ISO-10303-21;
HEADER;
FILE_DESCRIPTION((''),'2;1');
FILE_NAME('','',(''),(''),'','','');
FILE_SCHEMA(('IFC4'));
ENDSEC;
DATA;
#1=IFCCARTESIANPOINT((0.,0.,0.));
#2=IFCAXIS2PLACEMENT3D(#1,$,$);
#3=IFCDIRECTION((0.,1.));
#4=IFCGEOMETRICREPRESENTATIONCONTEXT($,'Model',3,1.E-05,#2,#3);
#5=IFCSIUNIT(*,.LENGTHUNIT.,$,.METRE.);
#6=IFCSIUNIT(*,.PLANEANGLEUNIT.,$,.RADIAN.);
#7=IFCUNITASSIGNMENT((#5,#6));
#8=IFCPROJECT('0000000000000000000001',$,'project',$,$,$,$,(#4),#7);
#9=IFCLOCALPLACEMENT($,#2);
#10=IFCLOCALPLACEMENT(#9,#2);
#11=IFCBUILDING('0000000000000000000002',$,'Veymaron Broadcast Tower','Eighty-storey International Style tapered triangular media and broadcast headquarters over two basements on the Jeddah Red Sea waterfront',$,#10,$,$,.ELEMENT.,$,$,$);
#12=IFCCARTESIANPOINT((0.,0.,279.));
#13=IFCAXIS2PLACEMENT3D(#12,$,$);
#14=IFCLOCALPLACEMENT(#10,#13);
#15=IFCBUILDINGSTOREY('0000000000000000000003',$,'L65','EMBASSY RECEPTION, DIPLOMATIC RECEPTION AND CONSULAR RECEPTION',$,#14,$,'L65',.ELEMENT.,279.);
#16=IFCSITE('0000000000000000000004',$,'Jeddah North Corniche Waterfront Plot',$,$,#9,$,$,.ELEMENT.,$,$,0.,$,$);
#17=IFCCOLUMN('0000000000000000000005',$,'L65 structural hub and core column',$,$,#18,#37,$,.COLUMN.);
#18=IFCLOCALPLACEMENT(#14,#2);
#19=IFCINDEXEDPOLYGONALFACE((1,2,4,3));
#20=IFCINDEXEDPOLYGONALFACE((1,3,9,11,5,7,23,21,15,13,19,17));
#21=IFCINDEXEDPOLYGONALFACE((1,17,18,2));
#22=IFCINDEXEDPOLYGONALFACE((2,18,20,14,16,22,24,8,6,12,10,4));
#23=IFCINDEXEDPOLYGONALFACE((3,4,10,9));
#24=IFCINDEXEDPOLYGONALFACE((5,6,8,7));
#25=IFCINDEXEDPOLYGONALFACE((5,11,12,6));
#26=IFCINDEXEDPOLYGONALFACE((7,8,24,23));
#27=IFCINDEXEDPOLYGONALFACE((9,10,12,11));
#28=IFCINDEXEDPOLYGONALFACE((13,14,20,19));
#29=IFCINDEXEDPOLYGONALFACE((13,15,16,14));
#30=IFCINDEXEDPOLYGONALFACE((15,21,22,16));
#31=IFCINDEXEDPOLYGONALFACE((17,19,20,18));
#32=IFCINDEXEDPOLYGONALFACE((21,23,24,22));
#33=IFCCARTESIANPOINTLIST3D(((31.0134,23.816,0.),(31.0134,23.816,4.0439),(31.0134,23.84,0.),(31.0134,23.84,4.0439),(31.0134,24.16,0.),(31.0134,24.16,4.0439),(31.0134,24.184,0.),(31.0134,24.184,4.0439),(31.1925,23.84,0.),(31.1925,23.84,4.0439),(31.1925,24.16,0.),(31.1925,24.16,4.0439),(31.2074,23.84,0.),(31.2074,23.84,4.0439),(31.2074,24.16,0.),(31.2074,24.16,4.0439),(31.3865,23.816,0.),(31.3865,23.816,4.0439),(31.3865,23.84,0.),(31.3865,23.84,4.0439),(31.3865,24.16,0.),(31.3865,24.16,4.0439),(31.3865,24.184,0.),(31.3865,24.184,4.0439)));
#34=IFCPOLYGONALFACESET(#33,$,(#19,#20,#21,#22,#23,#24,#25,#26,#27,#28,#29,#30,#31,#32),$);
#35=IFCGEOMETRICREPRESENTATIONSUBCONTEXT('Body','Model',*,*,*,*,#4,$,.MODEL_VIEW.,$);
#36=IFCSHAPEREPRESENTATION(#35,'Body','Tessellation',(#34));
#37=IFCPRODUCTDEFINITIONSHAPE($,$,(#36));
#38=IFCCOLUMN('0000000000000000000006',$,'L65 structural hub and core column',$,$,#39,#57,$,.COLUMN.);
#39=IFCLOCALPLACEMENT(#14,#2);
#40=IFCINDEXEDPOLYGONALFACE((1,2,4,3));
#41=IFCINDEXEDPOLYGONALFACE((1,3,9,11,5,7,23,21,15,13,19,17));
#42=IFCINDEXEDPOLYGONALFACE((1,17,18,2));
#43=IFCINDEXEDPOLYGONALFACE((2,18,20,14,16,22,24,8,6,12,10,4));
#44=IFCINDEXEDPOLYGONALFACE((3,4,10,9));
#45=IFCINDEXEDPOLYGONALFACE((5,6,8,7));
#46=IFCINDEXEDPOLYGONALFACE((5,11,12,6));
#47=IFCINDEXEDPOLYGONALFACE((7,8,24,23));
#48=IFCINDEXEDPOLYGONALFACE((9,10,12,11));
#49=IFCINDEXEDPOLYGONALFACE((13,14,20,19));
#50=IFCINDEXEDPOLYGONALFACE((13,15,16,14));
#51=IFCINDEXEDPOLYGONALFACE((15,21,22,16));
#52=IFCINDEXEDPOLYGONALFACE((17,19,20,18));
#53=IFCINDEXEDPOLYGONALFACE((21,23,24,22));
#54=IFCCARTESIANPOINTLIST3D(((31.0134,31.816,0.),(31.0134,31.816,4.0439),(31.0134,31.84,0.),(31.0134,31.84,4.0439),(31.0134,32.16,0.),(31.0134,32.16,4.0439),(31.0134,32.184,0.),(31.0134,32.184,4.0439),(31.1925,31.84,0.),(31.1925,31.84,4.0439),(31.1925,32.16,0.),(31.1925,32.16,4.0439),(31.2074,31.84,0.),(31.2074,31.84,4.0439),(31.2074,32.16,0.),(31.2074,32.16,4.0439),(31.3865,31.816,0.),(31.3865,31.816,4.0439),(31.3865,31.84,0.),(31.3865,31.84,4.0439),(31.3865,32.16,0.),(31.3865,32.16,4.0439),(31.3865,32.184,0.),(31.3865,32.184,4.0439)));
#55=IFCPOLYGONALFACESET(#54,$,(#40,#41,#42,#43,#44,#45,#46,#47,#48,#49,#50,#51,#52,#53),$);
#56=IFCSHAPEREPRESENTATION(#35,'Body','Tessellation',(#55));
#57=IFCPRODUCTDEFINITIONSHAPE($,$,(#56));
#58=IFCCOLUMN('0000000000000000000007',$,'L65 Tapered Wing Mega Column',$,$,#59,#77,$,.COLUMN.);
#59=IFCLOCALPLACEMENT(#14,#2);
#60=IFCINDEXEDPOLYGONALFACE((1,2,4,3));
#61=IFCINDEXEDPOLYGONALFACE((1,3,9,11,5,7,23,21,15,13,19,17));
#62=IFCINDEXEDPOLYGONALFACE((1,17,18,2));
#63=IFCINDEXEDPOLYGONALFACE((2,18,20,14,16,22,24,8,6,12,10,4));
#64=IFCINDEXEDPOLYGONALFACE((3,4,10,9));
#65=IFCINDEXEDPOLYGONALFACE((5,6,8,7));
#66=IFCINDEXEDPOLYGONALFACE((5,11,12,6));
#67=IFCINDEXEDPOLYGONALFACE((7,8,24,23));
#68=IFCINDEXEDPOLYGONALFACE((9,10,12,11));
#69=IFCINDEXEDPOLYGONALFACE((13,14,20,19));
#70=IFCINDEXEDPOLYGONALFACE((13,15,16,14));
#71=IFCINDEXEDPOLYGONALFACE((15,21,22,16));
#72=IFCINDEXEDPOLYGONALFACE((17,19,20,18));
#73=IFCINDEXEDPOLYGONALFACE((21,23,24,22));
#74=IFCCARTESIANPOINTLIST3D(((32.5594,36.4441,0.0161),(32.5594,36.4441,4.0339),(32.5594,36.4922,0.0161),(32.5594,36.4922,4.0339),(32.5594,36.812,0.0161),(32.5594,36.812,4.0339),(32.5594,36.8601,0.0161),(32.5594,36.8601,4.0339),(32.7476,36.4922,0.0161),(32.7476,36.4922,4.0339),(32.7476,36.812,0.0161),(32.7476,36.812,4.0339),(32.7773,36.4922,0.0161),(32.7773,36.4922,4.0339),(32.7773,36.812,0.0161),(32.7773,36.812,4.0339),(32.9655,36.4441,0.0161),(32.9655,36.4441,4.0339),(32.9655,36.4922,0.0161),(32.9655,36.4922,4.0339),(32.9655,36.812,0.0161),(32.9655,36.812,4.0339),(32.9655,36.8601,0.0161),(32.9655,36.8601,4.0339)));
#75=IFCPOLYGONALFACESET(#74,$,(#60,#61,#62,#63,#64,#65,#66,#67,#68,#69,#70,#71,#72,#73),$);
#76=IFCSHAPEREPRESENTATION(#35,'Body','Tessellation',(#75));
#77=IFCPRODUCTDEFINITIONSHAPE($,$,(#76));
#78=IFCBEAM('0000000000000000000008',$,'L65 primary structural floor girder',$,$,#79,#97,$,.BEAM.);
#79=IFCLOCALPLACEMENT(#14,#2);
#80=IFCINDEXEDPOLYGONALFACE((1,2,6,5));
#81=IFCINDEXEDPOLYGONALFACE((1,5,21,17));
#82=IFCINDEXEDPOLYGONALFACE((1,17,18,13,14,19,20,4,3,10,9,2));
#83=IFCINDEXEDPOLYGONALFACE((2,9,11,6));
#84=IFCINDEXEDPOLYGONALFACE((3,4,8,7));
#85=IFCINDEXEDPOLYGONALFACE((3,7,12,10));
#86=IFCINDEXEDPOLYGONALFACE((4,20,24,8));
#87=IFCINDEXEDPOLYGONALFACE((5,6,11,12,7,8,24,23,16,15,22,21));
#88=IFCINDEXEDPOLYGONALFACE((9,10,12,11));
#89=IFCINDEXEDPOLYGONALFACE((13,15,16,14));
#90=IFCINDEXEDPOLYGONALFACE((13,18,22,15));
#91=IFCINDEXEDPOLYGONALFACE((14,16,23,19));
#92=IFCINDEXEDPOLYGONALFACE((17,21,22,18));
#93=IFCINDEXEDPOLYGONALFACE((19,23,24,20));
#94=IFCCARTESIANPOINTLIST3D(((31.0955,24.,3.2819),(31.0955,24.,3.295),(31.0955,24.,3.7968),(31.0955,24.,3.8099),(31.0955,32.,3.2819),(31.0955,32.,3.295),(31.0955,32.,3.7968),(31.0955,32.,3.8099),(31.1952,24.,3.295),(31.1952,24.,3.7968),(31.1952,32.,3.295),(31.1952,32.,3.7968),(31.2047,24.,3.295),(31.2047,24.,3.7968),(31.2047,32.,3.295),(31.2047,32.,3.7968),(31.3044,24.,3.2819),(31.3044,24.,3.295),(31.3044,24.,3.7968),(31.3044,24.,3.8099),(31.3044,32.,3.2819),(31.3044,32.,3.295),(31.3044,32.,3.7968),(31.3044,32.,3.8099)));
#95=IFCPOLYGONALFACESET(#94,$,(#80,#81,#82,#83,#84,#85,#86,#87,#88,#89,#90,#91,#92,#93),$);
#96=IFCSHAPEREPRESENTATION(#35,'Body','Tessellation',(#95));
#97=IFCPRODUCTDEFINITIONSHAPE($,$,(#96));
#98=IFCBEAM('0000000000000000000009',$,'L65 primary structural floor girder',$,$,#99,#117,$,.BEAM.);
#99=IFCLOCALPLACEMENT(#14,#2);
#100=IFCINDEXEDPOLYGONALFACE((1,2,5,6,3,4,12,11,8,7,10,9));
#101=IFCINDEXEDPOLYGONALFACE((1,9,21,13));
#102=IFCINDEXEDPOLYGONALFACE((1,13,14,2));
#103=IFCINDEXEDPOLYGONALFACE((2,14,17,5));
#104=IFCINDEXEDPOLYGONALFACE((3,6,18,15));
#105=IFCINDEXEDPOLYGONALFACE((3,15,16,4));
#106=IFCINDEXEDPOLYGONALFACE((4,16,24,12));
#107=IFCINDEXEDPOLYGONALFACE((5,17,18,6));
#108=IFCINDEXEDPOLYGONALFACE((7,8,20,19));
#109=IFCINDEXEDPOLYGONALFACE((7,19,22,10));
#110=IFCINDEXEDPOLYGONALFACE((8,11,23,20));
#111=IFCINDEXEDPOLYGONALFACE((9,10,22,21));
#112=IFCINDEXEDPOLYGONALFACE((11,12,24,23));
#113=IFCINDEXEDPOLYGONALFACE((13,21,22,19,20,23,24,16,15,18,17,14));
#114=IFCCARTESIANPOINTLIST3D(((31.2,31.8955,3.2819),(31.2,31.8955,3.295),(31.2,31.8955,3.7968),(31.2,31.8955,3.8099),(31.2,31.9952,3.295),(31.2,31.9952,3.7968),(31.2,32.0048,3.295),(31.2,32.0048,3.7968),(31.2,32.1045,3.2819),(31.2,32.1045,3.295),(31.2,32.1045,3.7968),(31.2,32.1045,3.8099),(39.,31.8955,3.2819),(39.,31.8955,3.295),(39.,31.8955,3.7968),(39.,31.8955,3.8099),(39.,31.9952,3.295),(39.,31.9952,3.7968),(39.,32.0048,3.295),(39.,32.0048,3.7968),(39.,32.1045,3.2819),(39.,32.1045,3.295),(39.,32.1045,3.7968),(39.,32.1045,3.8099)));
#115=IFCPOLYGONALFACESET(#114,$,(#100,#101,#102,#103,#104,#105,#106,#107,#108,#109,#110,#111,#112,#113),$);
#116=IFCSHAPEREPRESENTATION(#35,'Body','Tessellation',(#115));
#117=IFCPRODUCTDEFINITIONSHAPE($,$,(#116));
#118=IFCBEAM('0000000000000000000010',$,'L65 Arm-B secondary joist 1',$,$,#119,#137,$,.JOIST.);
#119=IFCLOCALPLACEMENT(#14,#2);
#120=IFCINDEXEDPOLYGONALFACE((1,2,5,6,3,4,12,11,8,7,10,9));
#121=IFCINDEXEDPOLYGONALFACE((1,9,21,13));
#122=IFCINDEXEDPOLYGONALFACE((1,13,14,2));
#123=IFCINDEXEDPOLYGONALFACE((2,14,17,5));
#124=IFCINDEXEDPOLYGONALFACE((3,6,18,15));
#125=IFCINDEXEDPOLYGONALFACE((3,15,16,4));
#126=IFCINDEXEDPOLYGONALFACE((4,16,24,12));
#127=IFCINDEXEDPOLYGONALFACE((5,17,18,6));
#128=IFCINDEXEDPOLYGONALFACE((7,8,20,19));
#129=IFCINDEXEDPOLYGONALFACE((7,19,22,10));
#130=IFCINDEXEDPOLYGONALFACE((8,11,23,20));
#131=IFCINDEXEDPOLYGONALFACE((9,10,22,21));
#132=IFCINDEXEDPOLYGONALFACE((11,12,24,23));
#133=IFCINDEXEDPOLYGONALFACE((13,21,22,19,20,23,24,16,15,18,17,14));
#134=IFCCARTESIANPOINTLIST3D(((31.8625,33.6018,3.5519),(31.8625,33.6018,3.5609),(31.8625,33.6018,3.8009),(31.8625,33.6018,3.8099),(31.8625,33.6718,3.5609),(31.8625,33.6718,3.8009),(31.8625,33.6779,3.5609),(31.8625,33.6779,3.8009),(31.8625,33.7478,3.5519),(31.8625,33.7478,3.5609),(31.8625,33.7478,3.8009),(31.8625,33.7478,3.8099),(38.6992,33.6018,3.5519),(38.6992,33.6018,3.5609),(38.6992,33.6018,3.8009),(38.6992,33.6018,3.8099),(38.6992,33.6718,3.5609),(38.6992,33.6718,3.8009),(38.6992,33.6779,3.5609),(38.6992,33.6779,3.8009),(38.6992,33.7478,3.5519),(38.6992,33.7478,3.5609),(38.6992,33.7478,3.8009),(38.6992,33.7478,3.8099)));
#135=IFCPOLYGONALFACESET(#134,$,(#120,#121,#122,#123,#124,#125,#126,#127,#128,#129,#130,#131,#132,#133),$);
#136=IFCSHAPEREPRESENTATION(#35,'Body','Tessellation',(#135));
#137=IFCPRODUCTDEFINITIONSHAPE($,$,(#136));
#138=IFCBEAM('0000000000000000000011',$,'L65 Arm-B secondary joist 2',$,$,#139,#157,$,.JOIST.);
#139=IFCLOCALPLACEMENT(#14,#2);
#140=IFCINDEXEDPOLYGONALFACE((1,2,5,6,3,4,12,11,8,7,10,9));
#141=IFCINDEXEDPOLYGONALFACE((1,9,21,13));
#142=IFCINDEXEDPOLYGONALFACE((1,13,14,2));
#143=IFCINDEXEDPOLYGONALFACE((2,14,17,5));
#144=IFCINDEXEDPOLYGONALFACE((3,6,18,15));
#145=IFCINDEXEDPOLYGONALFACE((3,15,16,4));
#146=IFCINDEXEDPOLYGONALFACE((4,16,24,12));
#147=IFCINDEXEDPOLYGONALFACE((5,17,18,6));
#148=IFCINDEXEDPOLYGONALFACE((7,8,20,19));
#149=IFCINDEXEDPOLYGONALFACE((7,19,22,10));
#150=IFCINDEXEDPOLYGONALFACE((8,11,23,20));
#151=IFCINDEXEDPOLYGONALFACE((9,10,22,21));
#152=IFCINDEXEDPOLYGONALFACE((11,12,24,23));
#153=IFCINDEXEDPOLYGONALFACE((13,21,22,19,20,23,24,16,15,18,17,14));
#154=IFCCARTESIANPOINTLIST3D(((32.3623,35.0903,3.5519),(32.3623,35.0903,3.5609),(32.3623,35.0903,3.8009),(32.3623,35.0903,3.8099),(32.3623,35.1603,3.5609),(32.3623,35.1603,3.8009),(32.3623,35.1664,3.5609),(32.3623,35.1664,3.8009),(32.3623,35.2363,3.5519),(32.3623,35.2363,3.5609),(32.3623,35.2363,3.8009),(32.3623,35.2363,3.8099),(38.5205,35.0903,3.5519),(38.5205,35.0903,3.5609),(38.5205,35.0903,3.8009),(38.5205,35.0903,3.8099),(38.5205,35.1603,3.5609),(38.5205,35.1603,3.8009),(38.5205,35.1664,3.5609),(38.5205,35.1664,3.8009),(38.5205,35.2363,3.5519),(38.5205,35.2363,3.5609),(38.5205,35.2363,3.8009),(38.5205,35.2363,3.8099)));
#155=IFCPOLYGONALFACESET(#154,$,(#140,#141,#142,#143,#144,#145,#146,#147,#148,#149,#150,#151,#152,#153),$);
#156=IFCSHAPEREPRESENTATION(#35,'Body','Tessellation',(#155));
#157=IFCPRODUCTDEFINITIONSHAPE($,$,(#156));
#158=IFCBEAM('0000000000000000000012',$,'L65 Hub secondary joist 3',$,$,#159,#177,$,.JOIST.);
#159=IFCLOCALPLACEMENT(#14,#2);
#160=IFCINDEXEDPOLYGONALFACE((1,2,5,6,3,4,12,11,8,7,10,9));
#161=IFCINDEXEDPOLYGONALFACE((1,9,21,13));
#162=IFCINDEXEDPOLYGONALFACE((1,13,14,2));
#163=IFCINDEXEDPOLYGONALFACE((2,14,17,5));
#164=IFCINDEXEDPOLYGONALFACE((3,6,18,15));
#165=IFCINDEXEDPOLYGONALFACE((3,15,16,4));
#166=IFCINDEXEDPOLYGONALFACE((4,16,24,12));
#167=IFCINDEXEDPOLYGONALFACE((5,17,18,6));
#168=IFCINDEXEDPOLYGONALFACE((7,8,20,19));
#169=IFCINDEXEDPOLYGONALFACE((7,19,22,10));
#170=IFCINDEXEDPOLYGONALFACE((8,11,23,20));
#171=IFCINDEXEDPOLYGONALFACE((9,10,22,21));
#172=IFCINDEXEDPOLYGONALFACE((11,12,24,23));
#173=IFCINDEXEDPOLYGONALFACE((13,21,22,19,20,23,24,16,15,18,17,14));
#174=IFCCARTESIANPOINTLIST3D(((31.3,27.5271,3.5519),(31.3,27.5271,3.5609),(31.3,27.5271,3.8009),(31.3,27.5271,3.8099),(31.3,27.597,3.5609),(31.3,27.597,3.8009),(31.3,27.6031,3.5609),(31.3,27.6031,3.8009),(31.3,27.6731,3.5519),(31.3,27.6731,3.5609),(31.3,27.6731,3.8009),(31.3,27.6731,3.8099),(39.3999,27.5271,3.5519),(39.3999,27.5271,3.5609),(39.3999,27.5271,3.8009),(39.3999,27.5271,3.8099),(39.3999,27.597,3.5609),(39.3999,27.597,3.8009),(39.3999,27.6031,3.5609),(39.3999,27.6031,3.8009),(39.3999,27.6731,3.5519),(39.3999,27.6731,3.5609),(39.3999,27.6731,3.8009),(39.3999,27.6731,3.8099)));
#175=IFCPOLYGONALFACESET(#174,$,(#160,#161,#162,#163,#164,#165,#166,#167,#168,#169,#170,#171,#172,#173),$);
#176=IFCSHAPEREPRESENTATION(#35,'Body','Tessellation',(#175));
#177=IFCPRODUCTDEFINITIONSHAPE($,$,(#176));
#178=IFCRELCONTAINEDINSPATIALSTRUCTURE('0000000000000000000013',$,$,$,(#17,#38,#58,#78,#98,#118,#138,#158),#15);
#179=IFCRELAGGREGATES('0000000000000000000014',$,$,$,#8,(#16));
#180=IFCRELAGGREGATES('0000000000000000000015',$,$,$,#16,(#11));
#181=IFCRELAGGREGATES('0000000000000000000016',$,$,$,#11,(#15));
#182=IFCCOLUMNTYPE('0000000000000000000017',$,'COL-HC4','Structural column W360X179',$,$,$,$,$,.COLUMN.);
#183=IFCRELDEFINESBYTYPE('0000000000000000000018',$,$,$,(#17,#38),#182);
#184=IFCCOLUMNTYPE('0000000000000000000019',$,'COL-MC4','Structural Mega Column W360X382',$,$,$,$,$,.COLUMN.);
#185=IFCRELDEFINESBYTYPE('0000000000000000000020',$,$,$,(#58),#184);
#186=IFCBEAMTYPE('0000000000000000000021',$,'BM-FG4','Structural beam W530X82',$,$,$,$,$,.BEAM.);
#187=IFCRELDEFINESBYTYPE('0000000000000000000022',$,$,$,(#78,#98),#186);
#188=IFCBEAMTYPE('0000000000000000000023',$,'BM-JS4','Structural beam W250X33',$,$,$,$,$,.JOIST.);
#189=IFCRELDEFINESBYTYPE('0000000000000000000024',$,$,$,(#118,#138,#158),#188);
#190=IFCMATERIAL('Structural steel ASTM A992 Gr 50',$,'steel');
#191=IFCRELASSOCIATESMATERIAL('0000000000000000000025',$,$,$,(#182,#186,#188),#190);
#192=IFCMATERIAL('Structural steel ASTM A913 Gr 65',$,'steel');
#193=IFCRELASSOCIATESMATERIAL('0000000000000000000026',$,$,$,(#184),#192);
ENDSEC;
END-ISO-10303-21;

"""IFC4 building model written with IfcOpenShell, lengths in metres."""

from ifc_helpers import new_model, si_unit, direction, frame, origin, origin_2d, place, context, subcontext, project, spatial, i_section, extrude, material, material_profile, profile_set, type_object, element, save


model = new_model("IFC4")

# Units and contexts
model_context = context("Model", 3, precision=1e-05, world=origin(), true_north=direction((0.0, 1.0)))
body_context = subcontext(model_context, "Body", "Model", "MODEL_VIEW")
ifc_project = project(units=[si_unit("LENGTHUNIT", "METRE"), si_unit("PLANEANGLEUNIT", "RADIAN")], contexts=[model_context])

# Site, building, storey
site_placement = place(None, origin())
site = spatial("IfcSite", under=ifc_project, at=site_placement, Name="Jeddah North Corniche Waterfront Plot", CompositionType="ELEMENT", RefElevation=0.0)
building_placement = place(site_placement, origin())
building = spatial("IfcBuilding", under=site, at=building_placement, Name="Veymaron Broadcast Tower", Description="Eighty-storey International Style tapered triangular media and broadcast headquarters over two basements on the Jeddah Red Sea waterfront", CompositionType="ELEMENT")
storey_placement = place(building_placement, frame((0.0, 0.0, 279.0)))
storey = spatial("IfcBuildingStorey", under=building, at=storey_placement, Name="L65", Description="EMBASSY RECEPTION, DIPLOMATIC RECEPTION AND CONSULAR RECEPTION", LongName="L65", CompositionType="ELEMENT", Elevation=279.0)

# Columns
ifc_material_1 = material(Name="Structural steel ASTM A992 Gr 50", Category="steel")
ifc_material_profile_1 = material_profile(ifc_material_1, i_section(OverallWidth=0.373, OverallDepth=0.3679, WebThickness=0.0149, FlangeThickness=0.0239, at=origin_2d()), Name="W360X179")
ifc_profile_set_1 = profile_set([ifc_material_profile_1], Name="Structural steel ASTM A992 Gr 50")
column_type_1 = type_object("IfcColumnType", Name="COL-HC4", Description="Structural column W360X179", PredefinedType="COLUMN", material=ifc_profile_set_1)
for number, where, z_axis, x_axis, name in (
    (1, (31.2, 24.0, 0.0), (0.0, 0.0, 1.0), (1.0, 0.0, 0.0), "L65 structural hub and core column"),
    (2, (31.2, 32.0, 0.0), (0.0, 0.0, 1.0), (1.0, 0.0, 0.0), "L65 structural hub and core column"),
):
    element("IfcColumn", number, at=place(storey_placement, frame(where, z_axis=z_axis, x_axis=x_axis)), inside=storey, type_object=column_type_1, Name=name, PredefinedType="COLUMN", context=body_context, shape_type="SweptSolid", body=[
        extrude(i_section(OverallWidth=0.373, OverallDepth=0.3679, WebThickness=0.0149, FlangeThickness=0.0239, at=origin_2d()), origin(), (0.0, 0.0, 1.0), 4.0439),
    ])
ifc_material_2 = material(Name="Structural steel ASTM A913 Gr 65", Category="steel")
ifc_material_profile_2 = material_profile(ifc_material_2, i_section(OverallWidth=0.406, OverallDepth=0.416, WebThickness=0.0298, FlangeThickness=0.0481, at=origin_2d()), Name="W360X382")
ifc_profile_set_2 = profile_set([ifc_material_profile_2], Name="Structural steel ASTM A913 Gr 65")
column_type_2 = type_object("IfcColumnType", Name="COL-MC4", Description="Structural Mega Column W360X382", PredefinedType="COLUMN", material=ifc_profile_set_2)
column_placement = place(storey_placement, frame((32.7625, 36.6521, 0.0161), z_axis=(0.0, 0.0, 1.0), x_axis=(1.0, 0.0, 0.0)))
element("IfcColumn", 3, at=column_placement, inside=storey, type_object=column_type_2, Name="L65 Tapered Wing Mega Column", PredefinedType="COLUMN", context=body_context, shape_type="SweptSolid", body=[
    extrude(i_section(OverallWidth=0.406, OverallDepth=0.416, WebThickness=0.0298, FlangeThickness=0.0481, at=origin_2d()), origin(), (0.0, 0.0, 1.0), 4.0178),
])

# Beams
ifc_material_profile_3 = material_profile(ifc_material_1, i_section(OverallWidth=0.209, OverallDepth=0.5281, WebThickness=0.0095, FlangeThickness=0.0132, at=origin_2d()), Name="W530X82")
ifc_profile_set_3 = profile_set([ifc_material_profile_3], Name="Structural steel ASTM A992 Gr 50")
beam_type_1 = type_object("IfcBeamType", Name="BM-FG4", Description="Structural beam W530X82", PredefinedType="BEAM", material=ifc_profile_set_3)
beam_1_placement = place(storey_placement, frame((31.2, 24.0, 3.5459), z_axis=(0.0, 1.0, 0.0), x_axis=(-1.0, 0.0, 0.0)))
element("IfcBeam", 4, at=beam_1_placement, inside=storey, type_object=beam_type_1, Name="L65 primary structural floor girder", PredefinedType="BEAM", context=body_context, shape_type="SweptSolid", body=[
    extrude(i_section(OverallWidth=0.209, OverallDepth=0.5281, WebThickness=0.0095, FlangeThickness=0.0132, at=origin_2d()), origin(), (0.0, 0.0, 1.0), 8.0),
])
beam_2_placement = place(storey_placement, frame((31.2, 32.0, 3.5459), z_axis=(1.0, 0.0, 0.0), x_axis=(0.0, 1.0, 0.0)))
element("IfcBeam", 5, at=beam_2_placement, inside=storey, type_object=beam_type_1, Name="L65 primary structural floor girder", PredefinedType="BEAM", context=body_context, shape_type="SweptSolid", body=[
    extrude(i_section(OverallWidth=0.209, OverallDepth=0.5281, WebThickness=0.0095, FlangeThickness=0.0132, at=origin_2d()), origin(), (0.0, 0.0, 1.0), 7.8),
])
ifc_material_profile_4 = material_profile(ifc_material_1, i_section(OverallWidth=0.146, OverallDepth=0.2581, WebThickness=0.0061, FlangeThickness=0.009, at=origin_2d()), Name="W250X33")
ifc_profile_set_4 = profile_set([ifc_material_profile_4], Name="Structural steel ASTM A992 Gr 50")
beam_type_2 = type_object("IfcBeamType", Name="BM-JS4", Description="Structural beam W250X33", PredefinedType="JOIST", material=ifc_profile_set_4)
beam_3_placement = place(storey_placement, frame((31.8625, 33.6748, 3.6809), z_axis=(1.0, 0.0, 0.0), x_axis=(0.0, 1.0, 0.0)))
element("IfcBeam", 6, at=beam_3_placement, inside=storey, type_object=beam_type_2, Name="L65 Arm-B secondary joist 1", PredefinedType="JOIST", context=body_context, shape_type="SweptSolid", body=[
    extrude(i_section(OverallWidth=0.146, OverallDepth=0.2581, WebThickness=0.0061, FlangeThickness=0.009, at=origin_2d()), origin(), (0.0, 0.0, 1.0), 6.8367),
])
beam_4_placement = place(storey_placement, frame((32.3623, 35.1633, 3.6809), z_axis=(1.0, 0.0, 0.0), x_axis=(0.0, 1.0, 0.0)))
element("IfcBeam", 7, at=beam_4_placement, inside=storey, type_object=beam_type_2, Name="L65 Arm-B secondary joist 2", PredefinedType="JOIST", context=body_context, shape_type="SweptSolid", body=[
    extrude(i_section(OverallWidth=0.146, OverallDepth=0.2581, WebThickness=0.0061, FlangeThickness=0.009, at=origin_2d()), origin(), (0.0, 0.0, 1.0), 6.1582),
])
for number, where, z_axis, x_axis, name in (
    (8, (31.3, 27.6001, 3.6809), (1.0, 0.0, 0.0), (0.0, 1.0, 0.0), "L65 Hub secondary joist 3"),
):
    element("IfcBeam", number, at=place(storey_placement, frame(where, z_axis=z_axis, x_axis=x_axis)), inside=storey, type_object=beam_type_2, Name=name, PredefinedType="JOIST", context=body_context, shape_type="SweptSolid", body=[
        extrude(i_section(OverallWidth=0.146, OverallDepth=0.2581, WebThickness=0.0061, FlangeThickness=0.009, at=origin_2d()), origin(), (0.0, 0.0, 1.0), 8.0999),
    ])

save(model, "model.ifc")
